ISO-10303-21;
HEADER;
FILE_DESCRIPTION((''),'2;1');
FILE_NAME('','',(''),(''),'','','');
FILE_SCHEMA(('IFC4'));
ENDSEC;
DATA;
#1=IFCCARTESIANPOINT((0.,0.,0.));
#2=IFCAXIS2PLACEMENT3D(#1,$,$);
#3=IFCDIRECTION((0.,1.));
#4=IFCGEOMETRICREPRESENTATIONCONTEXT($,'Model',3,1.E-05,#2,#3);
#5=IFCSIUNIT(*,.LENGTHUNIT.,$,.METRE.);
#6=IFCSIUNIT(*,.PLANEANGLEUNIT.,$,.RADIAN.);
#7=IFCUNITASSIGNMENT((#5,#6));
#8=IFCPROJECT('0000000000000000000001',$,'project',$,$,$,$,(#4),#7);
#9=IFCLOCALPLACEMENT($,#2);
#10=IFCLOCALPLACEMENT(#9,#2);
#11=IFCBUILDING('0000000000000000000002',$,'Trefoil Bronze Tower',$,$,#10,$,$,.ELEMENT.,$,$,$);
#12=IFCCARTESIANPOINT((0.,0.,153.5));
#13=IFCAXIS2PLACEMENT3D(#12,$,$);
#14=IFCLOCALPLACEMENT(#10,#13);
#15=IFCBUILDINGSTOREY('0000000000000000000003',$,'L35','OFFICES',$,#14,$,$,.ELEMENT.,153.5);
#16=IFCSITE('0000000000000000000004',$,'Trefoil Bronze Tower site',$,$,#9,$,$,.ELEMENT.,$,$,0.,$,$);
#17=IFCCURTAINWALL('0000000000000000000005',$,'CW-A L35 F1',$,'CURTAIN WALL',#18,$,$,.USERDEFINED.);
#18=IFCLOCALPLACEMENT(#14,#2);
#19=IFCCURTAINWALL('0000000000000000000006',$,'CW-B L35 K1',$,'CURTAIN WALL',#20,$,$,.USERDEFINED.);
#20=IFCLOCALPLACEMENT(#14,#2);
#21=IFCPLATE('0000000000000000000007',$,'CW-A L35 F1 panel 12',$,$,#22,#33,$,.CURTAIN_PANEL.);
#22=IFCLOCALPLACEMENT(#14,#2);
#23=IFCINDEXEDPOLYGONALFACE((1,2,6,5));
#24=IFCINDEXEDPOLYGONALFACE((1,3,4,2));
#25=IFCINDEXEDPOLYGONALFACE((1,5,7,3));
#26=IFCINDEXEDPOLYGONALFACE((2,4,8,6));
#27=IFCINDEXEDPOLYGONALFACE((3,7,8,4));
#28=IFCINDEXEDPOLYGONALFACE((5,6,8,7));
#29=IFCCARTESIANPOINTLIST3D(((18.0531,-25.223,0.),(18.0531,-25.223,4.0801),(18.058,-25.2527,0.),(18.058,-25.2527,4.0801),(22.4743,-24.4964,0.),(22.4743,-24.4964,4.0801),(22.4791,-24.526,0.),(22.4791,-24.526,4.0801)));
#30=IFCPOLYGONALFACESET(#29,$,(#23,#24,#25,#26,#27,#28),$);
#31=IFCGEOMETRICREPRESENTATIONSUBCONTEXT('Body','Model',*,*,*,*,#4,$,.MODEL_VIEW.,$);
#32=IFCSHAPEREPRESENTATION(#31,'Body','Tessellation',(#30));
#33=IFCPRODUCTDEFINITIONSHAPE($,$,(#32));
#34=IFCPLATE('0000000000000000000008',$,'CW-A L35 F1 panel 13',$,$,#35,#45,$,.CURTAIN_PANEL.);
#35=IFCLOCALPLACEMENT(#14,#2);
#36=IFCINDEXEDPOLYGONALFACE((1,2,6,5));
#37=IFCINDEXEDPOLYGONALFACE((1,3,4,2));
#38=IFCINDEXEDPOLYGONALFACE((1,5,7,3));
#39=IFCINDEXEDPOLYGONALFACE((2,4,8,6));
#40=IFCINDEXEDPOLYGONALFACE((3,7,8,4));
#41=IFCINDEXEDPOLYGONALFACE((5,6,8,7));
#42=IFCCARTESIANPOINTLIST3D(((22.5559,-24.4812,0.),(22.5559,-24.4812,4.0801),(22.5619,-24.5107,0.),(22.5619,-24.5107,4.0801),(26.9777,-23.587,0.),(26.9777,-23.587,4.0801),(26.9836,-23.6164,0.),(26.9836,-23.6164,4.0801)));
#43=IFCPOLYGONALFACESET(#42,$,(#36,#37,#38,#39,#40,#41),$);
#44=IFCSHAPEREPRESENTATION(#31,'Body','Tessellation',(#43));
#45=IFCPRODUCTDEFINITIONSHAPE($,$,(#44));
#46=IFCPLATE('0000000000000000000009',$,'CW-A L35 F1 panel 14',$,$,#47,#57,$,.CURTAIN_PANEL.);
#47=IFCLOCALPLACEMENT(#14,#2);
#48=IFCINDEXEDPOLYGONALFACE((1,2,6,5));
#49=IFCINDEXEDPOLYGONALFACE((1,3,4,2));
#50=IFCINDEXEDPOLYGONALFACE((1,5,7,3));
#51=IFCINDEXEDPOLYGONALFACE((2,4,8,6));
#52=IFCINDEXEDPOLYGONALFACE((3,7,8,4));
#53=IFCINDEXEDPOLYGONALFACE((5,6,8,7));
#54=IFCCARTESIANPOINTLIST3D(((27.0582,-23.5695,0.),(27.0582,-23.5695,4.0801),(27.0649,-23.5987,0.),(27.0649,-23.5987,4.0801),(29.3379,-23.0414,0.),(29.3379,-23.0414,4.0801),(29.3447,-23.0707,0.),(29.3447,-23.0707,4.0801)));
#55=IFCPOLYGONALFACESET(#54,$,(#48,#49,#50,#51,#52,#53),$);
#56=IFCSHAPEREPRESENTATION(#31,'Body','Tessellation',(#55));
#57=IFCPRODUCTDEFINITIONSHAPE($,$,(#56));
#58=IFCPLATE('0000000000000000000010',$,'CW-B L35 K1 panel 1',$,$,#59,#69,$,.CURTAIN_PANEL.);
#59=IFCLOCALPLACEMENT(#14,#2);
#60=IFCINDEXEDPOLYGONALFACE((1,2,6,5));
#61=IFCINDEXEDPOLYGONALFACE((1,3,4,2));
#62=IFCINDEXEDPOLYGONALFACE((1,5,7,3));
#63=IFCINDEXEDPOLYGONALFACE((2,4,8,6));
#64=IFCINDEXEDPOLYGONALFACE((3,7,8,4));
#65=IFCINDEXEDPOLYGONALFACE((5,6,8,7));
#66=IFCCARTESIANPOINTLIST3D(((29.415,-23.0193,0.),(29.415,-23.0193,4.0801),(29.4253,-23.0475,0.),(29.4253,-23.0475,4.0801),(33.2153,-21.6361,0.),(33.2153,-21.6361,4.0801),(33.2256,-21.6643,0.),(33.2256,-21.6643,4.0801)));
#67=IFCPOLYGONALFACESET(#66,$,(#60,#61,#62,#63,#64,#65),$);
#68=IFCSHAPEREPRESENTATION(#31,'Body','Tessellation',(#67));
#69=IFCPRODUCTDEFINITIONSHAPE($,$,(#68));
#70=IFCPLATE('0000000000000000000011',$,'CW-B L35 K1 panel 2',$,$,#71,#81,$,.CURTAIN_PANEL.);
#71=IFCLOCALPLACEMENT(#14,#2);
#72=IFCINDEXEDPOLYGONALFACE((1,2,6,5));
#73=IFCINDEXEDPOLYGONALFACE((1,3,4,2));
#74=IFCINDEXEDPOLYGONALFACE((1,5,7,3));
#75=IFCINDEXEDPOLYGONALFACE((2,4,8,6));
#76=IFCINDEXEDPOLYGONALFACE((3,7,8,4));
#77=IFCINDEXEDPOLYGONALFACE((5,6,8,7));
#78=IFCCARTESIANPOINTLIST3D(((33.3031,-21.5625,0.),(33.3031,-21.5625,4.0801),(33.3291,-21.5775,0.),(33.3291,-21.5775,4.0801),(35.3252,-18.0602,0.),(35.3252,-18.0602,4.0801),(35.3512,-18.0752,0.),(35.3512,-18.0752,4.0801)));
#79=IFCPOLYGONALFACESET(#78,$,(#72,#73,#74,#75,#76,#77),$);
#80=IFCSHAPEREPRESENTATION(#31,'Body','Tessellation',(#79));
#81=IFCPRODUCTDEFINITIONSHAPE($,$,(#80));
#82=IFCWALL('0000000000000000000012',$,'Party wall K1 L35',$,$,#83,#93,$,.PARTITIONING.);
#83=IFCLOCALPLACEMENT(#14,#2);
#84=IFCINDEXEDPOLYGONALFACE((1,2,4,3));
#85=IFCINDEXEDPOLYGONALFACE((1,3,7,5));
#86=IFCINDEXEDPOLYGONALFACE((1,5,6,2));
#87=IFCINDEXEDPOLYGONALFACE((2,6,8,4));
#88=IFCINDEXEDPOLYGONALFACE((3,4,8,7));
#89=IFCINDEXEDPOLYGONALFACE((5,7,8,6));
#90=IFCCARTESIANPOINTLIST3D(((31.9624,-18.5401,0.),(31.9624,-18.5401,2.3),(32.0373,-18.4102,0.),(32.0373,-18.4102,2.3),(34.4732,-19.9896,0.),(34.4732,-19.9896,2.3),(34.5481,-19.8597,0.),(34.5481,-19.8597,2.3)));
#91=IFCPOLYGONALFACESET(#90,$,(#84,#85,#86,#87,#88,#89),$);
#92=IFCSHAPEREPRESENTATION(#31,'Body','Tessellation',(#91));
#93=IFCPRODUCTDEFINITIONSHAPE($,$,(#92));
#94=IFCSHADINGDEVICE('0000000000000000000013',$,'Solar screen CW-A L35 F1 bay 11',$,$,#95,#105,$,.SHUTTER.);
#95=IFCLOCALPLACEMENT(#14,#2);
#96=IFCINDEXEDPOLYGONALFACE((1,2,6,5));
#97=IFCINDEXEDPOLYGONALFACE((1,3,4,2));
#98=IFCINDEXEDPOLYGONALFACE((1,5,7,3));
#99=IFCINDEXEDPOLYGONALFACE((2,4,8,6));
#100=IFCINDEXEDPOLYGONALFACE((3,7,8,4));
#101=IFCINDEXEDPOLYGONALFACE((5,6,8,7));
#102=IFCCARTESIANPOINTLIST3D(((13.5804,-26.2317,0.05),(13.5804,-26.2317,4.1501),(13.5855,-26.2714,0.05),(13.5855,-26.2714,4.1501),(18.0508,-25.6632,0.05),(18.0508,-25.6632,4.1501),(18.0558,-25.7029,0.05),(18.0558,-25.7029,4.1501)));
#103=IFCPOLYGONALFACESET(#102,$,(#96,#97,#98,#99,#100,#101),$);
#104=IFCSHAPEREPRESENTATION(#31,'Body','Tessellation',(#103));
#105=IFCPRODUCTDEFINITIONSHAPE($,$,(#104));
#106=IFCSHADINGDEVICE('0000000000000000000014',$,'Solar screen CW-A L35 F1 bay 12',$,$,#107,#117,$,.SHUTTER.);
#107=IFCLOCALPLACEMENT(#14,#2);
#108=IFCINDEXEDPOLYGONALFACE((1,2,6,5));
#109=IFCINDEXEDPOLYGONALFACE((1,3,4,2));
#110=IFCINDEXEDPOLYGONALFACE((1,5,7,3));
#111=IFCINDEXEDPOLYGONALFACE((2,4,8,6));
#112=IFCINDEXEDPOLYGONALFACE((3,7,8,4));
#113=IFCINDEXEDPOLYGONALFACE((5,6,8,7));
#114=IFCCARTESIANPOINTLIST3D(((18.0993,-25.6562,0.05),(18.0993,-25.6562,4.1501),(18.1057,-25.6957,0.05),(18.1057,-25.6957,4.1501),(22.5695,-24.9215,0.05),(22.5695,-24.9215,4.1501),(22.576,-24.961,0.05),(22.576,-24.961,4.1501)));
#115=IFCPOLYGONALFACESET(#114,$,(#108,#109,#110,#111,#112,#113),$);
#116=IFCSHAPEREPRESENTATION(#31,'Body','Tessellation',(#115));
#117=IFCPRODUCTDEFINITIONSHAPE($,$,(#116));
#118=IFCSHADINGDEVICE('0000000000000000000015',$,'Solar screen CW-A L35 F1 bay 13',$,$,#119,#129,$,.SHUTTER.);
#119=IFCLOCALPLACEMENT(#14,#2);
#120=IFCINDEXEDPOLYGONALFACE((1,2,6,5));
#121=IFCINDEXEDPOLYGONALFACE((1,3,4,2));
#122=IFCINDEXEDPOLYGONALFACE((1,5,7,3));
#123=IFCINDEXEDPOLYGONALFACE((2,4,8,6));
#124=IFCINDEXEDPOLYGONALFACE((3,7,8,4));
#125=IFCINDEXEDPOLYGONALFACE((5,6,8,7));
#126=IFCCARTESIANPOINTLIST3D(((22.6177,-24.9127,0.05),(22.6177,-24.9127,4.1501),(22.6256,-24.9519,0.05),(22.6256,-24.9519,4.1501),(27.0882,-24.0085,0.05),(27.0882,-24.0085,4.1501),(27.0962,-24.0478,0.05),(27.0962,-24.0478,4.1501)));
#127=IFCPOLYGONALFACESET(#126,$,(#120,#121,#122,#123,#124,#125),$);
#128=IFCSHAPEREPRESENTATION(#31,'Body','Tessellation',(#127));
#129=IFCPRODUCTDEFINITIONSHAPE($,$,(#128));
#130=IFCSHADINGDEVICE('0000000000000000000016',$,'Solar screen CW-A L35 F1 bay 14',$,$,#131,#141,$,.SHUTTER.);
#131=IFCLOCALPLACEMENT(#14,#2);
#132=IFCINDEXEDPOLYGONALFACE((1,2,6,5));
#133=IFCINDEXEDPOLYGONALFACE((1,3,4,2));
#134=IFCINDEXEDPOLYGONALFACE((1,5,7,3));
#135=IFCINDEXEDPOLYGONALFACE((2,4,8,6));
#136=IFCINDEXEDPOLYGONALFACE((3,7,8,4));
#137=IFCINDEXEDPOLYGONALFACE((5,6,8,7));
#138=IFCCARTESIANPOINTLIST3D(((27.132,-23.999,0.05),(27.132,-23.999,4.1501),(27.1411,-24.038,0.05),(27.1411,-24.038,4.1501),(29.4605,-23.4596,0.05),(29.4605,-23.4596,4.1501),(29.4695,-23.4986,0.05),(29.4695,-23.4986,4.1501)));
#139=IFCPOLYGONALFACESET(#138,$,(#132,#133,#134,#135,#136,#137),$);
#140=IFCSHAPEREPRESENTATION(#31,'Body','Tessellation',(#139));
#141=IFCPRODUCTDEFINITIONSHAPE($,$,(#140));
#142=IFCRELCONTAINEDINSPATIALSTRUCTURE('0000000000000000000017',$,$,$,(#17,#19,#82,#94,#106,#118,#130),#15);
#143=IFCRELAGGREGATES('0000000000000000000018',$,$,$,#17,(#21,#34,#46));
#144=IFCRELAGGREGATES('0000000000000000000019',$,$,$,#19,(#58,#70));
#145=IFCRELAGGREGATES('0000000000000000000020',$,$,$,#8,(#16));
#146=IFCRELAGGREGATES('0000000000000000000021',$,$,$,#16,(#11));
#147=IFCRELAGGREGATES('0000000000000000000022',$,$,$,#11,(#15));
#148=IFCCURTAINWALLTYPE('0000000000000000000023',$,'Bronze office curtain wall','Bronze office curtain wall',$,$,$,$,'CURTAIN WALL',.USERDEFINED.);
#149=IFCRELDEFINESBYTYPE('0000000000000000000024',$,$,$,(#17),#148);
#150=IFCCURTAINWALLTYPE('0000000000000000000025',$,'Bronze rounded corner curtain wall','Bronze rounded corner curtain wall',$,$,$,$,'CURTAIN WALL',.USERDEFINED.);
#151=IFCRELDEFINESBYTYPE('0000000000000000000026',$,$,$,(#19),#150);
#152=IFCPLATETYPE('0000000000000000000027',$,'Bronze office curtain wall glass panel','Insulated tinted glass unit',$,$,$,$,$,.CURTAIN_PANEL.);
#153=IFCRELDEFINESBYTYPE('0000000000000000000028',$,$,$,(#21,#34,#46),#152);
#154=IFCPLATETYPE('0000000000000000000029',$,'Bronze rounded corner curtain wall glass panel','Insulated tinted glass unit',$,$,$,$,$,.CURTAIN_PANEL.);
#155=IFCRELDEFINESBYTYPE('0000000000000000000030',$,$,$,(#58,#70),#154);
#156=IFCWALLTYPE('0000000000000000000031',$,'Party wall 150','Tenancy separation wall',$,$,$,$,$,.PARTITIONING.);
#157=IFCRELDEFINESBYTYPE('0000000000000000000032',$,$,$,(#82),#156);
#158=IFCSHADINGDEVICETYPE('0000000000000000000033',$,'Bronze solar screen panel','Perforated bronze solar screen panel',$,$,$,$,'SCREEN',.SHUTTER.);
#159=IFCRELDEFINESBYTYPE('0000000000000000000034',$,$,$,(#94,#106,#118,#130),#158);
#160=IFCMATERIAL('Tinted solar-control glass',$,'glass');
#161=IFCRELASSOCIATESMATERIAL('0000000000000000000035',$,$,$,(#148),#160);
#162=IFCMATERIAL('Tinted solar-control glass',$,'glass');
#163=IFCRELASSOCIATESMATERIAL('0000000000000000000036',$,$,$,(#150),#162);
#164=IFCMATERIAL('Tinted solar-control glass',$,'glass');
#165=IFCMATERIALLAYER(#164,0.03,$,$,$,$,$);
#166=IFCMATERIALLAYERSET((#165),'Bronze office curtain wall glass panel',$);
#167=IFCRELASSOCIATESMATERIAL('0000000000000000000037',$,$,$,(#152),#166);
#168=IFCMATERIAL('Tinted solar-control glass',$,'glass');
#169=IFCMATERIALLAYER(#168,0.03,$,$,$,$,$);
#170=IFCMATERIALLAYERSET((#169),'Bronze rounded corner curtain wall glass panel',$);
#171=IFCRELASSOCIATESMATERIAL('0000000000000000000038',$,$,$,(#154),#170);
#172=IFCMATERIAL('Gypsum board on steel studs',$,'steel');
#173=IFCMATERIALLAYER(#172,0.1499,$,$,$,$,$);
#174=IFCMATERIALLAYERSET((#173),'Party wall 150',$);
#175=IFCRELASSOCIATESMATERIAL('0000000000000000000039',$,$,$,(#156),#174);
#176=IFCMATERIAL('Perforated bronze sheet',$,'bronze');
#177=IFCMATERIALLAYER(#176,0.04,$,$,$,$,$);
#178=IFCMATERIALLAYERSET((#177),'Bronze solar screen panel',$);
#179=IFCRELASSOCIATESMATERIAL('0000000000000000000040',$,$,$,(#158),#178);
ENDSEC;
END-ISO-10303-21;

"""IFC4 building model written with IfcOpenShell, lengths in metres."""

from ifc_helpers import new_model, si_unit, direction, frame, frame_2d, origin, origin_2d, place, context, subcontext, project, spatial, rectangle, extrude, material, layer, layer_set, type_object, element, aggregate, save


model = new_model("IFC4")

# Units and contexts
model_context = context("Model", 3, precision=1e-05, world=origin(), true_north=direction((0.0, 1.0)))
body_context = subcontext(model_context, "Body", "Model", "MODEL_VIEW")
ifc_project = project(units=[si_unit("LENGTHUNIT", "METRE"), si_unit("PLANEANGLEUNIT", "RADIAN")], contexts=[model_context])

# Site, building, storey
site_placement = place(None, origin())
site = spatial("IfcSite", under=ifc_project, at=site_placement, Name="Trefoil Bronze Tower site", CompositionType="ELEMENT", RefElevation=0.0)
building_placement = place(site_placement, origin())
building = spatial("IfcBuilding", under=site, at=building_placement, Name="Trefoil Bronze Tower", CompositionType="ELEMENT")
storey_placement = place(building_placement, frame((0.0, 0.0, 153.5)))
storey = spatial("IfcBuildingStorey", under=building, at=storey_placement, Name="L35", Description="OFFICES", CompositionType="ELEMENT", Elevation=153.5)

# Curtain walls
ifc_material_1 = material(Name="Tinted solar-control glass", Category="glass")
curtain_wall_type_1 = type_object("IfcCurtainWallType", Name="Bronze office curtain wall", Description="Bronze office curtain wall", ElementType="CURTAIN WALL", PredefinedType="USERDEFINED", material=ifc_material_1)
curtain_wall_1_placement = place(storey_placement, origin())
curtain_wall_1 = element("IfcCurtainWall", 1, at=curtain_wall_1_placement, inside=storey, type_object=curtain_wall_type_1, Name="CW-A L35 F1", ObjectType="CURTAIN WALL", PredefinedType="USERDEFINED")
ifc_material_2 = material(Name="Tinted solar-control glass", Category="glass")
curtain_wall_type_2 = type_object("IfcCurtainWallType", Name="Bronze rounded corner curtain wall", Description="Bronze rounded corner curtain wall", ElementType="CURTAIN WALL", PredefinedType="USERDEFINED", material=ifc_material_2)
curtain_wall_2_placement = place(storey_placement, origin())
curtain_wall_2 = element("IfcCurtainWall", 2, at=curtain_wall_2_placement, inside=storey, type_object=curtain_wall_type_2, Name="CW-B L35 K1", ObjectType="CURTAIN WALL", PredefinedType="USERDEFINED")

# Plates
ifc_material_3 = material(Name="Tinted solar-control glass", Category="glass")
ifc_layer_1 = layer(ifc_material_3, 0.03)
ifc_layer_set_1 = layer_set([ifc_layer_1], Name="Bronze office curtain wall glass panel")
plate_type_1 = type_object("IfcPlateType", Name="Bronze office curtain wall glass panel", Description="Insulated tinted glass unit", PredefinedType="CURTAIN_PANEL", material=ifc_layer_set_1)
plate_1_placement = place(storey_placement, frame((20.2661, -24.8745, 0.0), z_axis=(0.0, 0.0, 1.0), x_axis=(0.98676, 0.162189, 0.0)))
plate_1 = element("IfcPlate", 3, at=plate_1_placement, type_object=plate_type_1, Name="CW-A L35 F1 panel 12", PredefinedType="CURTAIN_PANEL", context=body_context, shape_type="SweptSolid", body=[
    extrude(rectangle(XDim=4.4805, YDim=0.03, at=origin_2d()), origin(), (0.0, 0.0, 1.0), 4.0801),
])
plate_2_placement = place(storey_placement, frame((24.7698, -24.0488, 0.0), z_axis=(0.0, 0.0, 1.0), x_axis=(0.980155, 0.198232, 0.0)))
plate_2 = element("IfcPlate", 4, at=plate_2_placement, type_object=plate_type_1, Name="CW-A L35 F1 panel 13", PredefinedType="CURTAIN_PANEL", context=body_context, shape_type="SweptSolid", body=[
    extrude(rectangle(XDim=4.5112, YDim=0.03, at=origin_2d()), origin(), (0.0, 0.0, 1.0), 4.0801),
])
plate_3_placement = place(storey_placement, frame((28.2014, -23.3201, 0.0), z_axis=(0.0, 0.0, 1.0), x_axis=(0.974204, 0.225667, 0.0)))
plate_3 = element("IfcPlate", 5, at=plate_3_placement, type_object=plate_type_1, Name="CW-A L35 F1 panel 14", PredefinedType="CURTAIN_PANEL", context=body_context, shape_type="SweptSolid", body=[
    extrude(rectangle(XDim=2.3401, YDim=0.03, at=origin_2d()), origin(), (0.0, 0.0, 1.0), 4.0801),
])
aggregate(curtain_wall_1, [plate_1, plate_2, plate_3])
ifc_material_4 = material(Name="Tinted solar-control glass", Category="glass")
ifc_layer_2 = layer(ifc_material_4, 0.03)
ifc_layer_set_2 = layer_set([ifc_layer_2], Name="Bronze rounded corner curtain wall glass panel")
plate_type_2 = type_object("IfcPlateType", Name="Bronze rounded corner curtain wall glass panel", Description="Insulated tinted glass unit", PredefinedType="CURTAIN_PANEL", material=ifc_layer_set_2)
plate_4_placement = place(storey_placement, frame((31.3203, -22.3418, 0.0), z_axis=(0.0, 0.0, 1.0), x_axis=(0.939693, 0.34202, 0.0)))
plate_4 = element("IfcPlate", 6, at=plate_4_placement, type_object=plate_type_2, Name="CW-B L35 K1 panel 1", PredefinedType="CURTAIN_PANEL", context=body_context, shape_type="SweptSolid", body=[
    extrude(rectangle(XDim=4.0442, YDim=0.03, at=origin_2d()), origin(), (0.0, 0.0, 1.0), 4.0801),
])
plate_5_placement = place(storey_placement, frame((34.3271, -19.8188, 0.0), z_axis=(0.0, 0.0, 1.0), x_axis=(0.5, 0.866025, 0.0)))
plate_5 = element("IfcPlate", 7, at=plate_5_placement, type_object=plate_type_2, Name="CW-B L35 K1 panel 2", PredefinedType="CURTAIN_PANEL", context=body_context, shape_type="SweptSolid", body=[
    extrude(rectangle(XDim=4.0442, YDim=0.03, at=origin_2d()), origin(), (0.0, 0.0, 1.0), 4.0801),
])
aggregate(curtain_wall_2, [plate_4, plate_5])

# Wall
ifc_material_5 = material(Name="Gypsum board on steel studs", Category="steel")
ifc_layer_3 = layer(ifc_material_5, 0.1499)
ifc_layer_set_3 = layer_set([ifc_layer_3], Name="Party wall 150")
wall_type = type_object("IfcWallType", Name="Party wall 150", Description="Tenancy separation wall", PredefinedType="PARTITIONING", material=ifc_layer_set_3)
wall_placement = place(storey_placement, frame((31.9998, -18.4751, 0.0), z_axis=(0.0, 0.0, 1.0), x_axis=(0.866043, -0.49997, 0.0)))
element("IfcWall", 8, at=wall_placement, inside=storey, type_object=wall_type, Name="Party wall K1 L35", PredefinedType="PARTITIONING", context=body_context, shape_type="SweptSolid", body=[
    extrude(rectangle(XDim=2.8992, YDim=0.1499, at=frame_2d((1.4497, 0.0))), origin(), (0.0, 0.0, 1.0), 2.3),
])

# Shading devices
ifc_material_6 = material(Name="Perforated bronze sheet", Category="bronze")
ifc_layer_4 = layer(ifc_material_6, 0.04)
ifc_layer_set_4 = layer_set([ifc_layer_4], Name="Bronze solar screen panel")
shading_device_type = type_object("IfcShadingDeviceType", Name="Bronze solar screen panel", Description="Perforated bronze solar screen panel", ElementType="SCREEN", PredefinedType="SHUTTER", material=ifc_layer_set_4)
shading_device_1_placement = place(storey_placement, frame((15.8181, -25.9673, 0.05), z_axis=(0.0, 0.0, 1.0), x_axis=(0.992012, 0.126147, 0.0)))
element("IfcShadingDevice", 9, at=shading_device_1_placement, inside=storey, type_object=shading_device_type, Name="Solar screen CW-A L35 F1 bay 11", PredefinedType="SHUTTER", context=body_context, shape_type="SweptSolid", body=[
    extrude(rectangle(XDim=4.5063, YDim=0.04, at=origin_2d()), origin(), (0.0, 0.0, 1.0), 4.1001),
])
shading_device_2_placement = place(storey_placement, frame((20.3376, -25.3086, 0.05), z_axis=(0.0, 0.0, 1.0), x_axis=(0.98676, 0.162189, 0.0)))
element("IfcShadingDevice", 10, at=shading_device_2_placement, inside=storey, type_object=shading_device_type, Name="Solar screen CW-A L35 F1 bay 12", PredefinedType="SHUTTER", context=body_context, shape_type="SweptSolid", body=[
    extrude(rectangle(XDim=4.5303, YDim=0.04, at=origin_2d()), origin(), (0.0, 0.0, 1.0), 4.1001),
])
shading_device_3_placement = place(storey_placement, frame((24.8569, -24.4802, 0.05), z_axis=(0.0, 0.0, 1.0), x_axis=(0.980155, 0.198232, 0.0)))
element("IfcShadingDevice", 11, at=shading_device_3_placement, inside=storey, type_object=shading_device_type, Name="Solar screen CW-A L35 F1 bay 13", PredefinedType="SHUTTER", context=body_context, shape_type="SweptSolid", body=[
    extrude(rectangle(XDim=4.561, YDim=0.04, at=origin_2d()), origin(), (0.0, 0.0, 1.0), 4.1001),
])
shading_device_4_placement = place(storey_placement, frame((28.3008, -23.7488, 0.05), z_axis=(0.0, 0.0, 1.0), x_axis=(0.974204, 0.225667, 0.0)))
element("IfcShadingDevice", 12, at=shading_device_4_placement, inside=storey, type_object=shading_device_type, Name="Solar screen CW-A L35 F1 bay 14", PredefinedType="SHUTTER", context=body_context, shape_type="SweptSolid", body=[
    extrude(rectangle(XDim=2.3901, YDim=0.04, at=origin_2d()), origin(), (0.0, 0.0, 1.0), 4.1001),
])

save(model, "model.ifc")
